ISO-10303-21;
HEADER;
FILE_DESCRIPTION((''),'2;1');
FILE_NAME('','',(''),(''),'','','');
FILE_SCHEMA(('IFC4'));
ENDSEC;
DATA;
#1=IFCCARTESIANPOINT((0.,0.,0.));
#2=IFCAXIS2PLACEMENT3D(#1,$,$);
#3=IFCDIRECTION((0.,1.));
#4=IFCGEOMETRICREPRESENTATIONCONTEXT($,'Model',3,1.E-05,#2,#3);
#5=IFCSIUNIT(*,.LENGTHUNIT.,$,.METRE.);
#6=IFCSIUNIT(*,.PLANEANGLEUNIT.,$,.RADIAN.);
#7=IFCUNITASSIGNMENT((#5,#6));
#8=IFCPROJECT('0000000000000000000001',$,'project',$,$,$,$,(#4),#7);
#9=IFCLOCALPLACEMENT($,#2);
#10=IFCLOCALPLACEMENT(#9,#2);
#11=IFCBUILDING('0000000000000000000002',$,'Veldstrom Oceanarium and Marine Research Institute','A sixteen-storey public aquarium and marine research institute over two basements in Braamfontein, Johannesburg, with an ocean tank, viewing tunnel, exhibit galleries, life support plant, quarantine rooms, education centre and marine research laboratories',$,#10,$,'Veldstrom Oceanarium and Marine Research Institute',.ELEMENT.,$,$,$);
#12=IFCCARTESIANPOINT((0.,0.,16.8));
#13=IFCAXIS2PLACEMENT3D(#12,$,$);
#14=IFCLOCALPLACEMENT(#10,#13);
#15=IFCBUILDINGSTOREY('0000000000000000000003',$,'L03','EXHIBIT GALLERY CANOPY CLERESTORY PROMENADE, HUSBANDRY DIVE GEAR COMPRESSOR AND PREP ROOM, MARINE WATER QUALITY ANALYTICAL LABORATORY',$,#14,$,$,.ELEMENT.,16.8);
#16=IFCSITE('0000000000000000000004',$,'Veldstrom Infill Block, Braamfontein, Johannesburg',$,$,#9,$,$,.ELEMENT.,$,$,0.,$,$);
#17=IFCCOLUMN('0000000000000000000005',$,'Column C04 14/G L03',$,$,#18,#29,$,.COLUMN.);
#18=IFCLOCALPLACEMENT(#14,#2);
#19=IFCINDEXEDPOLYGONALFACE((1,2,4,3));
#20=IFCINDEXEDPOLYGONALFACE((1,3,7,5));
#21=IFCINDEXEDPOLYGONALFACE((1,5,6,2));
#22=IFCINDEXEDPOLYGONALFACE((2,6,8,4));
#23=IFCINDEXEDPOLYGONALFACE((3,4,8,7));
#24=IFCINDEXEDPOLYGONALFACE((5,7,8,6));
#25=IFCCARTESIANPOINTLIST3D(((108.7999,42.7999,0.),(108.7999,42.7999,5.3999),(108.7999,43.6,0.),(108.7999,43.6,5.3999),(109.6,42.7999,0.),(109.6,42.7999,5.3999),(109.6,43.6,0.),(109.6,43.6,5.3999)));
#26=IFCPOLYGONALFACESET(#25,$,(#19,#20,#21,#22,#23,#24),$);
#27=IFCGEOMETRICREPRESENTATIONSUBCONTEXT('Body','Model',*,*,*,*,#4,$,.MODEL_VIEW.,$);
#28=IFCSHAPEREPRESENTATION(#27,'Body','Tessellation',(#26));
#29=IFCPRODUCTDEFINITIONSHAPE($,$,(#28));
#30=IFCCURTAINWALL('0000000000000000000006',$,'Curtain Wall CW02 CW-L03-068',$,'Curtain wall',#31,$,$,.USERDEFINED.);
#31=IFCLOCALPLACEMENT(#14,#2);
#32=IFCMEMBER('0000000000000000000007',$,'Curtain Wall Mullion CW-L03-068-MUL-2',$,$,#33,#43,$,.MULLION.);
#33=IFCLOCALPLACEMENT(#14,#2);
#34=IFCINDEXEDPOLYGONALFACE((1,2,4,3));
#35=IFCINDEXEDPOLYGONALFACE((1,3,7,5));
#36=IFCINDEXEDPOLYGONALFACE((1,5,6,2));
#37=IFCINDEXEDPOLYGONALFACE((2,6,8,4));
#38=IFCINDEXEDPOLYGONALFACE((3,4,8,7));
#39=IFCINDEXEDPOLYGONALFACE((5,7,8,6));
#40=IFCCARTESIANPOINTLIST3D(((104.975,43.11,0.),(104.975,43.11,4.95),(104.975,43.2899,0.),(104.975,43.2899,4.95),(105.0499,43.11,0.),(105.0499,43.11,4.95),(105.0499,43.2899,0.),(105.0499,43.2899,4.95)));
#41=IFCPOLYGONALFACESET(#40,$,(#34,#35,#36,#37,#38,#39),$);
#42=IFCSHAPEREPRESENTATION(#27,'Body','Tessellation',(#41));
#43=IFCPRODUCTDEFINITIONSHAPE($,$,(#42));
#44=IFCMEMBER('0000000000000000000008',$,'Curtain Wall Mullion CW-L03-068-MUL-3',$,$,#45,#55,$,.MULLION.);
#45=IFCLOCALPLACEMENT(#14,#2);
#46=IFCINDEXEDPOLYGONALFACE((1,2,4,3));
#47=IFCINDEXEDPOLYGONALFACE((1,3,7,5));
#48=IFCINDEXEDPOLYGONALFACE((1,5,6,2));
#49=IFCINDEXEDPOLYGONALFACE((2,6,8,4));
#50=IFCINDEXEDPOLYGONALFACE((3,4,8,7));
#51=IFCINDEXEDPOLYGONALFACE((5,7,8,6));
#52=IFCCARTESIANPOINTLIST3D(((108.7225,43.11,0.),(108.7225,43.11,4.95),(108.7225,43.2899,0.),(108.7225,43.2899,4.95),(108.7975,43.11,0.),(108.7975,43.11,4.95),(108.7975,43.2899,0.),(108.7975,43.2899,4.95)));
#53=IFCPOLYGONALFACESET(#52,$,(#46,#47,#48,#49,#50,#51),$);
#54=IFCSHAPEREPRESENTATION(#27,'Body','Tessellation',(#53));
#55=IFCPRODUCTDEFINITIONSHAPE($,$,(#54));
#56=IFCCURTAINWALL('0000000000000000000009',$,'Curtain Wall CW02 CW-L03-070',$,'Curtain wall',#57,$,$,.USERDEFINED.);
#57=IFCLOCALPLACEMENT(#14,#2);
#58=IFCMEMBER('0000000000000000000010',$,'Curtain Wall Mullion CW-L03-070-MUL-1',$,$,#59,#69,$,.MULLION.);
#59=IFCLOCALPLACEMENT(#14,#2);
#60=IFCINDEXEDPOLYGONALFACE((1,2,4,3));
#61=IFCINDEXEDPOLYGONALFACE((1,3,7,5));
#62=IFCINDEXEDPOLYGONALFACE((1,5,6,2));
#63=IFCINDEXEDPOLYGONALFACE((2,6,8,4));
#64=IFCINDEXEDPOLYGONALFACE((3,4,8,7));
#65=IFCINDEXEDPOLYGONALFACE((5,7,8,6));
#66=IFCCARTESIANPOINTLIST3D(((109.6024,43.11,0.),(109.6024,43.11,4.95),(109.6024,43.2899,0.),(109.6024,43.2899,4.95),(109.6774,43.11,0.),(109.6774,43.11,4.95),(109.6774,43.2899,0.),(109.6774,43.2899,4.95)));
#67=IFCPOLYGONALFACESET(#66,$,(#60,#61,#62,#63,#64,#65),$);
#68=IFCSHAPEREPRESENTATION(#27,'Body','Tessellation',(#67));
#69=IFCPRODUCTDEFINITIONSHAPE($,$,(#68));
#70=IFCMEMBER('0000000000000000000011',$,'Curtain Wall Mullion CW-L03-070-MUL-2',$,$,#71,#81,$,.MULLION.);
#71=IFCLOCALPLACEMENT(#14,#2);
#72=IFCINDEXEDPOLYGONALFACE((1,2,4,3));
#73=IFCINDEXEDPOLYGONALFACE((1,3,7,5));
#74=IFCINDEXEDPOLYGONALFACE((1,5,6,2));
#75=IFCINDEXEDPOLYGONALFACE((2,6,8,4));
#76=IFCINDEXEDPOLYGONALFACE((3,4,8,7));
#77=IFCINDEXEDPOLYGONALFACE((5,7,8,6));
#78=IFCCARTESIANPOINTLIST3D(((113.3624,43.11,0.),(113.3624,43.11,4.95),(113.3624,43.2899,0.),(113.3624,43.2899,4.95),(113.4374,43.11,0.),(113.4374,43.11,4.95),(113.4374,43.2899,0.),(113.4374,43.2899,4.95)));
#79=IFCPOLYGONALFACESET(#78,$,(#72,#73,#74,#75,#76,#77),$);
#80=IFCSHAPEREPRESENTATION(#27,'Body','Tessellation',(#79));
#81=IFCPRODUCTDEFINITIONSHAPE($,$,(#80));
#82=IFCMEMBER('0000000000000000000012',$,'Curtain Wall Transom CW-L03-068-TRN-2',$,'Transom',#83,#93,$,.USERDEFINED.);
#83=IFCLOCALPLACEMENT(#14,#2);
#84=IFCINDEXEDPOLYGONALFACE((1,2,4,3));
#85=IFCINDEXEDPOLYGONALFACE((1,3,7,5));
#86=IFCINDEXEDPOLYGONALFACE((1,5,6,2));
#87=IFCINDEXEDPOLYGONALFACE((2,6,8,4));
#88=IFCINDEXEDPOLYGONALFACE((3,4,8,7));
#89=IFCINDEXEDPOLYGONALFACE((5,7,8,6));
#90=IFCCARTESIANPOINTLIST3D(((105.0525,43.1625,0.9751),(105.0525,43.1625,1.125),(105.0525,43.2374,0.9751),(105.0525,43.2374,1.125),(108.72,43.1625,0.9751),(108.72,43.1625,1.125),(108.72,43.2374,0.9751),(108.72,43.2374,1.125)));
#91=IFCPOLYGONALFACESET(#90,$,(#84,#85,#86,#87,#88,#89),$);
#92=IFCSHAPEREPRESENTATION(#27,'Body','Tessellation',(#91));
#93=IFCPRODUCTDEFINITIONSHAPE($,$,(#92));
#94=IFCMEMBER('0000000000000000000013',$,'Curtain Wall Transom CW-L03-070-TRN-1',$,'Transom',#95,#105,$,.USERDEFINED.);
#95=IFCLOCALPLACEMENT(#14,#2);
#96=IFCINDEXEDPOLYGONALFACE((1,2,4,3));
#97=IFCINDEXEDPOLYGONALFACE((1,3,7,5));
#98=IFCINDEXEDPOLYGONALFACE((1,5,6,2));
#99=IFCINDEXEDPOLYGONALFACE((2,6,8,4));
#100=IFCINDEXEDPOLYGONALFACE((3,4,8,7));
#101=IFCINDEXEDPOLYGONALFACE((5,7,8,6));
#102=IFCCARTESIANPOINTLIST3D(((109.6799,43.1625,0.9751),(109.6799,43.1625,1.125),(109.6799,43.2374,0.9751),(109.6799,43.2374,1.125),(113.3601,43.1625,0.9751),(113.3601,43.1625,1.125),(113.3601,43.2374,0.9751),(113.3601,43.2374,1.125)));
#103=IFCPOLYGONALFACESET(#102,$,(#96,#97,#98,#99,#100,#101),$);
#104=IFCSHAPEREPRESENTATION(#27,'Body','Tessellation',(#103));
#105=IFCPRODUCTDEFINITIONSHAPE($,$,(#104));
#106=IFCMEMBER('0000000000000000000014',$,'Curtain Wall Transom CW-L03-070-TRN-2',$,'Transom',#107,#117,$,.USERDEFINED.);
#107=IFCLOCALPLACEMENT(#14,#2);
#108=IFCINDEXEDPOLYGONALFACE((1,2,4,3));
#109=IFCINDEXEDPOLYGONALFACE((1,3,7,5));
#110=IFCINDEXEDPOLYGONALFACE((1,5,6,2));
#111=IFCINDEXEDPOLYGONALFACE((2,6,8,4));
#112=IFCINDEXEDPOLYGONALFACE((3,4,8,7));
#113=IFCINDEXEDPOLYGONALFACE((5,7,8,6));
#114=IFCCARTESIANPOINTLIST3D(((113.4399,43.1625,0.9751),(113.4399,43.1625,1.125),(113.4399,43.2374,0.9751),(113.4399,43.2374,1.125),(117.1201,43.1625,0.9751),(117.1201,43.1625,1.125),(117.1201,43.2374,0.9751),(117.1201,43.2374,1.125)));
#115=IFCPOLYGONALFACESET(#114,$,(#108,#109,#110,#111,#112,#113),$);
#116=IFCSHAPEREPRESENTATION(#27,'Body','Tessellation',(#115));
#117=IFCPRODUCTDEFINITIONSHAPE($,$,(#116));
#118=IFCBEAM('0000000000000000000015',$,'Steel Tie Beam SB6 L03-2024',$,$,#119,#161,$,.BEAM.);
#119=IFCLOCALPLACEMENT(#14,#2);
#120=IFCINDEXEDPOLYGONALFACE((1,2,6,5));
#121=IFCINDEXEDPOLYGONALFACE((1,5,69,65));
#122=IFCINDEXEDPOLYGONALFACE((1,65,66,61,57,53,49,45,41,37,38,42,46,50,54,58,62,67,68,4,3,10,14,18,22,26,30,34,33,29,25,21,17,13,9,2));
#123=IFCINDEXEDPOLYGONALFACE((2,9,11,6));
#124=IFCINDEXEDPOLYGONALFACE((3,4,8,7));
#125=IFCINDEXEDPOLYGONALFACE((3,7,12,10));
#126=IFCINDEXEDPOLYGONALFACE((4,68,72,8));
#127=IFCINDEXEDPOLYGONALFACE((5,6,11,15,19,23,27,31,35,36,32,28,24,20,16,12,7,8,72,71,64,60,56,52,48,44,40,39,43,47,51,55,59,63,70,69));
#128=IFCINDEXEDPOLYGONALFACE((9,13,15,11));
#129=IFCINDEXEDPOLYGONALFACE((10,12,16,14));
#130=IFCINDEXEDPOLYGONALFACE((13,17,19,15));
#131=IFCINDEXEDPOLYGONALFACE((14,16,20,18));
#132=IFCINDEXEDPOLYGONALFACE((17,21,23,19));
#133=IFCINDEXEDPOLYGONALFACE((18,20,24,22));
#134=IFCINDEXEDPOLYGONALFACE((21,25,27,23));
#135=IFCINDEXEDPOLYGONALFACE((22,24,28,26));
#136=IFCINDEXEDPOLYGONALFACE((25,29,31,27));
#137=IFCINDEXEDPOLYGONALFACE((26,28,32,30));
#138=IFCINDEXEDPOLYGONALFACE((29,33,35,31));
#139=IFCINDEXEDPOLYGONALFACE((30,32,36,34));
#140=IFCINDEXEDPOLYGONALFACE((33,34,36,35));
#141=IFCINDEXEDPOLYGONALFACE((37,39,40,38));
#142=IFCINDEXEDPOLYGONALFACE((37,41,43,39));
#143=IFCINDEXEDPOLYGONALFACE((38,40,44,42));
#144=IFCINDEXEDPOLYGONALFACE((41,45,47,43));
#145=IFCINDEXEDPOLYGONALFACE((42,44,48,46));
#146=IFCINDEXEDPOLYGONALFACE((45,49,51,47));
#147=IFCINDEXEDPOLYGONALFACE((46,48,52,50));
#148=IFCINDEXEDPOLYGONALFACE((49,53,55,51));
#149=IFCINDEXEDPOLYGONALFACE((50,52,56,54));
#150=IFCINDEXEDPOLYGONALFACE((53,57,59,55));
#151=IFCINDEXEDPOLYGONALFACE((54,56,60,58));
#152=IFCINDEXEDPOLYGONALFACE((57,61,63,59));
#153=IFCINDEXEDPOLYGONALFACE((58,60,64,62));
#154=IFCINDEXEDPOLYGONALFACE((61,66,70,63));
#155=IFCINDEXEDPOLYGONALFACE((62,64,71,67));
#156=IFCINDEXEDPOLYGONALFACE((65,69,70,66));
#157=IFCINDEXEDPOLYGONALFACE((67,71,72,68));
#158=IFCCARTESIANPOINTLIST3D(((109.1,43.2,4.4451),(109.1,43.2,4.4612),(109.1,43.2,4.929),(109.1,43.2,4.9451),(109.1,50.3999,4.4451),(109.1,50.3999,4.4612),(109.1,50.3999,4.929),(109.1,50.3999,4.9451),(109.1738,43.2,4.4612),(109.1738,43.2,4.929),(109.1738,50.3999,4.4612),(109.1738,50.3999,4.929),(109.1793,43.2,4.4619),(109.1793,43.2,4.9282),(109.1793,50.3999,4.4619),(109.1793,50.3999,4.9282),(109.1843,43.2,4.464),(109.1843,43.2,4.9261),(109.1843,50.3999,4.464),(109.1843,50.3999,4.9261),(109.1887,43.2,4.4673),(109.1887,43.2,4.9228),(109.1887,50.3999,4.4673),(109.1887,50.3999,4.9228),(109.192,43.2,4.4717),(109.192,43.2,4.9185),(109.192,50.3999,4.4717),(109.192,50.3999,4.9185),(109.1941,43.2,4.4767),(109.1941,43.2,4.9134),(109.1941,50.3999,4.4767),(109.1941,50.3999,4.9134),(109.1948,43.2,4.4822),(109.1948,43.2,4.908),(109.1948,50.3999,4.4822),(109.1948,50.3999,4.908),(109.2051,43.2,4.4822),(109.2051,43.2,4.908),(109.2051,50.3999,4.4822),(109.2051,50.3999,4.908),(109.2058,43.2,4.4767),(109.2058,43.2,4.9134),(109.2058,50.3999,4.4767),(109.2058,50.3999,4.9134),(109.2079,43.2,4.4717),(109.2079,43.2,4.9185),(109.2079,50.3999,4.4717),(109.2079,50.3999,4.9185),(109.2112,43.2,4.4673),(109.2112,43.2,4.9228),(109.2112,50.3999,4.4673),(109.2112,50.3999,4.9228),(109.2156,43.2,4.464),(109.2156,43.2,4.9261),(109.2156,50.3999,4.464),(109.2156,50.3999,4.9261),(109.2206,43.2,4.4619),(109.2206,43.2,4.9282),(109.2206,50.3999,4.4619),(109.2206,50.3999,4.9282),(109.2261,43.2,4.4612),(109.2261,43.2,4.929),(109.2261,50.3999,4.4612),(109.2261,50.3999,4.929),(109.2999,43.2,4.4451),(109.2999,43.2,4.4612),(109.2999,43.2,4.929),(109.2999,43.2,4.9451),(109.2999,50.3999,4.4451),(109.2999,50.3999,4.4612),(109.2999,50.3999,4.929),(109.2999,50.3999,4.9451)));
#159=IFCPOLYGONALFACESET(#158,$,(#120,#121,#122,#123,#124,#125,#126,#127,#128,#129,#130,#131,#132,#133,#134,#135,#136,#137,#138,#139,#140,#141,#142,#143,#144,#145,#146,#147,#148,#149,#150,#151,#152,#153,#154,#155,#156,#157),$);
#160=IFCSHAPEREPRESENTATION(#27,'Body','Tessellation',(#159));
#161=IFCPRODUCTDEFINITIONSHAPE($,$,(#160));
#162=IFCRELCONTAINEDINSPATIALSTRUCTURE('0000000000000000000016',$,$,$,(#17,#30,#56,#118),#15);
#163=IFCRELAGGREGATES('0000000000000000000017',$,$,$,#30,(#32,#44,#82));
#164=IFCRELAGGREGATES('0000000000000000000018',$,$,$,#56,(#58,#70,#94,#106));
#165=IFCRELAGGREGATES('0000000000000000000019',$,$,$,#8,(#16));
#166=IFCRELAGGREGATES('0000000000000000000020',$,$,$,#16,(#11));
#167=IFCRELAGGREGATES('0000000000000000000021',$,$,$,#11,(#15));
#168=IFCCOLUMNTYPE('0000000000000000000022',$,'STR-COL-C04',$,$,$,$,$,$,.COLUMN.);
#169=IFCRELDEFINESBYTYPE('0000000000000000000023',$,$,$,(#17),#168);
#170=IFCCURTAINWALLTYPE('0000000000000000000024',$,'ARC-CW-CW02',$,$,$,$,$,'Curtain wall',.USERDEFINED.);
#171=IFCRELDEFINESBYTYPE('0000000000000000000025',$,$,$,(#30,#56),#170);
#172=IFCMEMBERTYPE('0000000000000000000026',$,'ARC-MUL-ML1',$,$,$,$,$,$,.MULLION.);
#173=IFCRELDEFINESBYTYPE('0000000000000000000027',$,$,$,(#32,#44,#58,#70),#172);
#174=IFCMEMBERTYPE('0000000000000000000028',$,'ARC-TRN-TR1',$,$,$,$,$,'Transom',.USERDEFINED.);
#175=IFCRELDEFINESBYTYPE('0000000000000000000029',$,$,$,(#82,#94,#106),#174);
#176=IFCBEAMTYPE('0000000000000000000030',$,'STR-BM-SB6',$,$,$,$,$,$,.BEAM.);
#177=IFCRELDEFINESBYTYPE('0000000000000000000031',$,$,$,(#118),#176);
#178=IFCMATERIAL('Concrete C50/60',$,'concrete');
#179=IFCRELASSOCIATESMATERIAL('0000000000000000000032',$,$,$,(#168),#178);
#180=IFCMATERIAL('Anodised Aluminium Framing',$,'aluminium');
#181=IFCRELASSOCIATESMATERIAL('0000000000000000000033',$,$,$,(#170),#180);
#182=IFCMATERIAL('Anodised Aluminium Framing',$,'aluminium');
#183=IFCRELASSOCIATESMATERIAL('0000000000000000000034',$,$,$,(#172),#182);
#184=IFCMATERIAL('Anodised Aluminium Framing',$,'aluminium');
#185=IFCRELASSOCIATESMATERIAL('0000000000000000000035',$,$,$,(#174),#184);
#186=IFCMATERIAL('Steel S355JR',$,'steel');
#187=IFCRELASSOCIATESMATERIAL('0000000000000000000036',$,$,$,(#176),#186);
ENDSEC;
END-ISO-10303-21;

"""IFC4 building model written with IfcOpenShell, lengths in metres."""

from ifc_helpers import new_model, si_unit, direction, frame, origin, origin_2d, place, context, subcontext, project, spatial, rectangle, i_section, extrude, material, material_profile, profile_set, type_object, element, aggregate, save


model = new_model("IFC4")

# Units and contexts
model_context = context("Model", 3, precision=1e-05, world=origin(), true_north=direction((0.0, 1.0)))
body_context = subcontext(model_context, "Body", "Model", "MODEL_VIEW")
ifc_project = project(units=[si_unit("LENGTHUNIT", "METRE"), si_unit("PLANEANGLEUNIT", "RADIAN")], contexts=[model_context])

# Site, building, storey
site_placement = place(None, origin())
site = spatial("IfcSite", under=ifc_project, at=site_placement, Name="Veldstrom Infill Block, Braamfontein, Johannesburg", CompositionType="ELEMENT", RefElevation=0.0)
building_placement = place(site_placement, origin())
building = spatial("IfcBuilding", under=site, at=building_placement, Name="Veldstrom Oceanarium and Marine Research Institute", Description="A sixteen-storey public aquarium and marine research institute over two basements in Braamfontein, Johannesburg, with an ocean tank, viewing tunnel, exhibit galleries, life support plant, quarantine rooms, education centre and marine research laboratories", LongName="Veldstrom Oceanarium and Marine Research Institute", CompositionType="ELEMENT")
storey_placement = place(building_placement, frame((0.0, 0.0, 16.8)))
storey = spatial("IfcBuildingStorey", under=building, at=storey_placement, Name="L03", Description="EXHIBIT GALLERY CANOPY CLERESTORY PROMENADE, HUSBANDRY DIVE GEAR COMPRESSOR AND PREP ROOM, MARINE WATER QUALITY ANALYTICAL LABORATORY", CompositionType="ELEMENT", Elevation=16.8)

# Column
ifc_material_1 = material(Name="Concrete C50/60", Category="concrete")
ifc_material_profile_1 = material_profile(ifc_material_1, rectangle(XDim=0.8, YDim=0.8, at=origin_2d()), Name="RC-COL-800x800")
ifc_profile_set_1 = profile_set([ifc_material_profile_1], Name="Concrete C50/60")
column_type = type_object("IfcColumnType", Name="STR-COL-C04", PredefinedType="COLUMN", material=ifc_profile_set_1)
column_placement = place(storey_placement, frame((109.2, 43.2, 0.0), z_axis=(0.0, 0.0, 1.0), x_axis=(1.0, 0.0, 0.0)))
element("IfcColumn", 1, at=column_placement, inside=storey, type_object=column_type, Name="Column C04 14/G L03", PredefinedType="COLUMN", context=body_context, shape_type="SweptSolid", body=[
    extrude(rectangle(XDim=0.8, YDim=0.8, at=origin_2d()), origin(), (0.0, 0.0, 1.0), 5.3999),
])

# Curtain walls, members
ifc_material_2 = material(Name="Anodised Aluminium Framing", Category="aluminium")
curtain_wall_type = type_object("IfcCurtainWallType", Name="ARC-CW-CW02", ElementType="Curtain wall", PredefinedType="USERDEFINED", material=ifc_material_2)
curtain_wall_1_placement = place(storey_placement, origin())
curtain_wall_1 = element("IfcCurtainWall", 2, at=curtain_wall_1_placement, inside=storey, type_object=curtain_wall_type, Name="Curtain Wall CW02 CW-L03-068", ObjectType="Curtain wall", PredefinedType="USERDEFINED")
ifc_material_3 = material(Name="Anodised Aluminium Framing", Category="aluminium")
ifc_material_profile_2 = material_profile(ifc_material_3, rectangle(XDim=0.075, YDim=0.1799, at=origin_2d()), Name="ALU-MUL-75x180")
ifc_profile_set_2 = profile_set([ifc_material_profile_2], Name="Anodised Aluminium Framing")
member_type_1 = type_object("IfcMemberType", Name="ARC-MUL-ML1", PredefinedType="MULLION", material=ifc_profile_set_2)
member_1_placement = place(storey_placement, frame((105.0125, 43.2, 0.0), z_axis=(0.0, 0.0, 1.0), x_axis=(1.0, 0.0, 0.0)))
member_1 = element("IfcMember", 3, at=member_1_placement, type_object=member_type_1, Name="Curtain Wall Mullion CW-L03-068-MUL-2", PredefinedType="MULLION", context=body_context, shape_type="SweptSolid", body=[
    extrude(rectangle(XDim=0.075, YDim=0.1799, at=origin_2d()), origin(), (0.0, 0.0, 1.0), 4.95),
])
member_2_placement = place(storey_placement, frame((108.76, 43.2, 0.0), z_axis=(0.0, 0.0, 1.0), x_axis=(1.0, 0.0, 0.0)))
member_2 = element("IfcMember", 4, at=member_2_placement, type_object=member_type_1, Name="Curtain Wall Mullion CW-L03-068-MUL-3", PredefinedType="MULLION", context=body_context, shape_type="SweptSolid", body=[
    extrude(rectangle(XDim=0.075, YDim=0.1799, at=origin_2d()), origin(), (0.0, 0.0, 1.0), 4.95),
])
curtain_wall_2_placement = place(storey_placement, origin())
curtain_wall_2 = element("IfcCurtainWall", 5, at=curtain_wall_2_placement, inside=storey, type_object=curtain_wall_type, Name="Curtain Wall CW02 CW-L03-070", ObjectType="Curtain wall", PredefinedType="USERDEFINED")
member_3_placement = place(storey_placement, frame((109.6399, 43.2, 0.0), z_axis=(0.0, 0.0, 1.0), x_axis=(1.0, 0.0, 0.0)))
member_3 = element("IfcMember", 6, at=member_3_placement, type_object=member_type_1, Name="Curtain Wall Mullion CW-L03-070-MUL-1", PredefinedType="MULLION", context=body_context, shape_type="SweptSolid", body=[
    extrude(rectangle(XDim=0.075, YDim=0.1799, at=origin_2d()), origin(), (0.0, 0.0, 1.0), 4.95),
])
member_4_placement = place(storey_placement, frame((113.3999, 43.2, 0.0), z_axis=(0.0, 0.0, 1.0), x_axis=(1.0, 0.0, 0.0)))
member_4 = element("IfcMember", 7, at=member_4_placement, type_object=member_type_1, Name="Curtain Wall Mullion CW-L03-070-MUL-2", PredefinedType="MULLION", context=body_context, shape_type="SweptSolid", body=[
    extrude(rectangle(XDim=0.075, YDim=0.1799, at=origin_2d()), origin(), (0.0, 0.0, 1.0), 4.95),
])

# Members
ifc_material_4 = material(Name="Anodised Aluminium Framing", Category="aluminium")
ifc_material_profile_3 = material_profile(ifc_material_4, rectangle(XDim=0.075, YDim=0.1499, at=origin_2d()), Name="ALU-TRN-75x150")
ifc_profile_set_3 = profile_set([ifc_material_profile_3], Name="Anodised Aluminium Framing")
member_type_2 = type_object("IfcMemberType", Name="ARC-TRN-TR1", ElementType="Transom", PredefinedType="USERDEFINED", material=ifc_profile_set_3)
member_5_placement = place(storey_placement, frame((105.0525, 43.2, 1.05), z_axis=(1.0, 0.0, 0.0), x_axis=(0.0, 1.0, 0.0)))
member_5 = element("IfcMember", 8, at=member_5_placement, type_object=member_type_2, Name="Curtain Wall Transom CW-L03-068-TRN-2", ObjectType="Transom", PredefinedType="USERDEFINED", context=body_context, shape_type="SweptSolid", body=[
    extrude(rectangle(XDim=0.075, YDim=0.1499, at=origin_2d()), origin(), (0.0, 0.0, 1.0), 3.6675),
])
member_6_placement = place(storey_placement, frame((109.6799, 43.2, 1.05), z_axis=(1.0, 0.0, 0.0), x_axis=(0.0, 1.0, 0.0)))
member_6 = element("IfcMember", 9, at=member_6_placement, type_object=member_type_2, Name="Curtain Wall Transom CW-L03-070-TRN-1", ObjectType="Transom", PredefinedType="USERDEFINED", context=body_context, shape_type="SweptSolid", body=[
    extrude(rectangle(XDim=0.075, YDim=0.1499, at=origin_2d()), origin(), (0.0, 0.0, 1.0), 3.6802),
])
member_7_placement = place(storey_placement, frame((113.4399, 43.2, 1.05), z_axis=(1.0, 0.0, 0.0), x_axis=(0.0, 1.0, 0.0)))
member_7 = element("IfcMember", 10, at=member_7_placement, type_object=member_type_2, Name="Curtain Wall Transom CW-L03-070-TRN-2", ObjectType="Transom", PredefinedType="USERDEFINED", context=body_context, shape_type="SweptSolid", body=[
    extrude(rectangle(XDim=0.075, YDim=0.1499, at=origin_2d()), origin(), (0.0, 0.0, 1.0), 3.6802),
])

# Beam
ifc_material_5 = material(Name="Steel S355JR", Category="steel")
ifc_material_profile_4 = material_profile(ifc_material_5, i_section(OverallWidth=0.2, OverallDepth=0.5, WebThickness=0.0103, FlangeThickness=0.0161, FilletRadius=0.021, at=origin_2d()), Name="IPE 500")
ifc_profile_set_4 = profile_set([ifc_material_profile_4], Name="Steel S355JR")
beam_type_1 = type_object("IfcBeamType", Name="STR-BM-SB6", PredefinedType="BEAM", material=ifc_profile_set_4)
beam_1_placement = place(storey_placement, frame((109.2, 43.2, 4.6951), z_axis=(0.0, 1.0, 0.0), x_axis=(-1.0, 0.0, 0.0)))
element("IfcBeam", 11, at=beam_1_placement, inside=storey, type_object=beam_type_1, Name="Steel Tie Beam SB6 L03-2024", PredefinedType="BEAM", context=body_context, shape_type="SweptSolid", body=[
    extrude(i_section(OverallWidth=0.2, OverallDepth=0.5, WebThickness=0.0103, FlangeThickness=0.0161, FilletRadius=0.021, at=origin_2d()), origin(), (0.0, 0.0, 1.0), 7.2),
])

aggregate(curtain_wall_1, [member_1, member_2, member_5])
aggregate(curtain_wall_2, [member_3, member_4, member_6, member_7])

save(model, "model.ifc")
